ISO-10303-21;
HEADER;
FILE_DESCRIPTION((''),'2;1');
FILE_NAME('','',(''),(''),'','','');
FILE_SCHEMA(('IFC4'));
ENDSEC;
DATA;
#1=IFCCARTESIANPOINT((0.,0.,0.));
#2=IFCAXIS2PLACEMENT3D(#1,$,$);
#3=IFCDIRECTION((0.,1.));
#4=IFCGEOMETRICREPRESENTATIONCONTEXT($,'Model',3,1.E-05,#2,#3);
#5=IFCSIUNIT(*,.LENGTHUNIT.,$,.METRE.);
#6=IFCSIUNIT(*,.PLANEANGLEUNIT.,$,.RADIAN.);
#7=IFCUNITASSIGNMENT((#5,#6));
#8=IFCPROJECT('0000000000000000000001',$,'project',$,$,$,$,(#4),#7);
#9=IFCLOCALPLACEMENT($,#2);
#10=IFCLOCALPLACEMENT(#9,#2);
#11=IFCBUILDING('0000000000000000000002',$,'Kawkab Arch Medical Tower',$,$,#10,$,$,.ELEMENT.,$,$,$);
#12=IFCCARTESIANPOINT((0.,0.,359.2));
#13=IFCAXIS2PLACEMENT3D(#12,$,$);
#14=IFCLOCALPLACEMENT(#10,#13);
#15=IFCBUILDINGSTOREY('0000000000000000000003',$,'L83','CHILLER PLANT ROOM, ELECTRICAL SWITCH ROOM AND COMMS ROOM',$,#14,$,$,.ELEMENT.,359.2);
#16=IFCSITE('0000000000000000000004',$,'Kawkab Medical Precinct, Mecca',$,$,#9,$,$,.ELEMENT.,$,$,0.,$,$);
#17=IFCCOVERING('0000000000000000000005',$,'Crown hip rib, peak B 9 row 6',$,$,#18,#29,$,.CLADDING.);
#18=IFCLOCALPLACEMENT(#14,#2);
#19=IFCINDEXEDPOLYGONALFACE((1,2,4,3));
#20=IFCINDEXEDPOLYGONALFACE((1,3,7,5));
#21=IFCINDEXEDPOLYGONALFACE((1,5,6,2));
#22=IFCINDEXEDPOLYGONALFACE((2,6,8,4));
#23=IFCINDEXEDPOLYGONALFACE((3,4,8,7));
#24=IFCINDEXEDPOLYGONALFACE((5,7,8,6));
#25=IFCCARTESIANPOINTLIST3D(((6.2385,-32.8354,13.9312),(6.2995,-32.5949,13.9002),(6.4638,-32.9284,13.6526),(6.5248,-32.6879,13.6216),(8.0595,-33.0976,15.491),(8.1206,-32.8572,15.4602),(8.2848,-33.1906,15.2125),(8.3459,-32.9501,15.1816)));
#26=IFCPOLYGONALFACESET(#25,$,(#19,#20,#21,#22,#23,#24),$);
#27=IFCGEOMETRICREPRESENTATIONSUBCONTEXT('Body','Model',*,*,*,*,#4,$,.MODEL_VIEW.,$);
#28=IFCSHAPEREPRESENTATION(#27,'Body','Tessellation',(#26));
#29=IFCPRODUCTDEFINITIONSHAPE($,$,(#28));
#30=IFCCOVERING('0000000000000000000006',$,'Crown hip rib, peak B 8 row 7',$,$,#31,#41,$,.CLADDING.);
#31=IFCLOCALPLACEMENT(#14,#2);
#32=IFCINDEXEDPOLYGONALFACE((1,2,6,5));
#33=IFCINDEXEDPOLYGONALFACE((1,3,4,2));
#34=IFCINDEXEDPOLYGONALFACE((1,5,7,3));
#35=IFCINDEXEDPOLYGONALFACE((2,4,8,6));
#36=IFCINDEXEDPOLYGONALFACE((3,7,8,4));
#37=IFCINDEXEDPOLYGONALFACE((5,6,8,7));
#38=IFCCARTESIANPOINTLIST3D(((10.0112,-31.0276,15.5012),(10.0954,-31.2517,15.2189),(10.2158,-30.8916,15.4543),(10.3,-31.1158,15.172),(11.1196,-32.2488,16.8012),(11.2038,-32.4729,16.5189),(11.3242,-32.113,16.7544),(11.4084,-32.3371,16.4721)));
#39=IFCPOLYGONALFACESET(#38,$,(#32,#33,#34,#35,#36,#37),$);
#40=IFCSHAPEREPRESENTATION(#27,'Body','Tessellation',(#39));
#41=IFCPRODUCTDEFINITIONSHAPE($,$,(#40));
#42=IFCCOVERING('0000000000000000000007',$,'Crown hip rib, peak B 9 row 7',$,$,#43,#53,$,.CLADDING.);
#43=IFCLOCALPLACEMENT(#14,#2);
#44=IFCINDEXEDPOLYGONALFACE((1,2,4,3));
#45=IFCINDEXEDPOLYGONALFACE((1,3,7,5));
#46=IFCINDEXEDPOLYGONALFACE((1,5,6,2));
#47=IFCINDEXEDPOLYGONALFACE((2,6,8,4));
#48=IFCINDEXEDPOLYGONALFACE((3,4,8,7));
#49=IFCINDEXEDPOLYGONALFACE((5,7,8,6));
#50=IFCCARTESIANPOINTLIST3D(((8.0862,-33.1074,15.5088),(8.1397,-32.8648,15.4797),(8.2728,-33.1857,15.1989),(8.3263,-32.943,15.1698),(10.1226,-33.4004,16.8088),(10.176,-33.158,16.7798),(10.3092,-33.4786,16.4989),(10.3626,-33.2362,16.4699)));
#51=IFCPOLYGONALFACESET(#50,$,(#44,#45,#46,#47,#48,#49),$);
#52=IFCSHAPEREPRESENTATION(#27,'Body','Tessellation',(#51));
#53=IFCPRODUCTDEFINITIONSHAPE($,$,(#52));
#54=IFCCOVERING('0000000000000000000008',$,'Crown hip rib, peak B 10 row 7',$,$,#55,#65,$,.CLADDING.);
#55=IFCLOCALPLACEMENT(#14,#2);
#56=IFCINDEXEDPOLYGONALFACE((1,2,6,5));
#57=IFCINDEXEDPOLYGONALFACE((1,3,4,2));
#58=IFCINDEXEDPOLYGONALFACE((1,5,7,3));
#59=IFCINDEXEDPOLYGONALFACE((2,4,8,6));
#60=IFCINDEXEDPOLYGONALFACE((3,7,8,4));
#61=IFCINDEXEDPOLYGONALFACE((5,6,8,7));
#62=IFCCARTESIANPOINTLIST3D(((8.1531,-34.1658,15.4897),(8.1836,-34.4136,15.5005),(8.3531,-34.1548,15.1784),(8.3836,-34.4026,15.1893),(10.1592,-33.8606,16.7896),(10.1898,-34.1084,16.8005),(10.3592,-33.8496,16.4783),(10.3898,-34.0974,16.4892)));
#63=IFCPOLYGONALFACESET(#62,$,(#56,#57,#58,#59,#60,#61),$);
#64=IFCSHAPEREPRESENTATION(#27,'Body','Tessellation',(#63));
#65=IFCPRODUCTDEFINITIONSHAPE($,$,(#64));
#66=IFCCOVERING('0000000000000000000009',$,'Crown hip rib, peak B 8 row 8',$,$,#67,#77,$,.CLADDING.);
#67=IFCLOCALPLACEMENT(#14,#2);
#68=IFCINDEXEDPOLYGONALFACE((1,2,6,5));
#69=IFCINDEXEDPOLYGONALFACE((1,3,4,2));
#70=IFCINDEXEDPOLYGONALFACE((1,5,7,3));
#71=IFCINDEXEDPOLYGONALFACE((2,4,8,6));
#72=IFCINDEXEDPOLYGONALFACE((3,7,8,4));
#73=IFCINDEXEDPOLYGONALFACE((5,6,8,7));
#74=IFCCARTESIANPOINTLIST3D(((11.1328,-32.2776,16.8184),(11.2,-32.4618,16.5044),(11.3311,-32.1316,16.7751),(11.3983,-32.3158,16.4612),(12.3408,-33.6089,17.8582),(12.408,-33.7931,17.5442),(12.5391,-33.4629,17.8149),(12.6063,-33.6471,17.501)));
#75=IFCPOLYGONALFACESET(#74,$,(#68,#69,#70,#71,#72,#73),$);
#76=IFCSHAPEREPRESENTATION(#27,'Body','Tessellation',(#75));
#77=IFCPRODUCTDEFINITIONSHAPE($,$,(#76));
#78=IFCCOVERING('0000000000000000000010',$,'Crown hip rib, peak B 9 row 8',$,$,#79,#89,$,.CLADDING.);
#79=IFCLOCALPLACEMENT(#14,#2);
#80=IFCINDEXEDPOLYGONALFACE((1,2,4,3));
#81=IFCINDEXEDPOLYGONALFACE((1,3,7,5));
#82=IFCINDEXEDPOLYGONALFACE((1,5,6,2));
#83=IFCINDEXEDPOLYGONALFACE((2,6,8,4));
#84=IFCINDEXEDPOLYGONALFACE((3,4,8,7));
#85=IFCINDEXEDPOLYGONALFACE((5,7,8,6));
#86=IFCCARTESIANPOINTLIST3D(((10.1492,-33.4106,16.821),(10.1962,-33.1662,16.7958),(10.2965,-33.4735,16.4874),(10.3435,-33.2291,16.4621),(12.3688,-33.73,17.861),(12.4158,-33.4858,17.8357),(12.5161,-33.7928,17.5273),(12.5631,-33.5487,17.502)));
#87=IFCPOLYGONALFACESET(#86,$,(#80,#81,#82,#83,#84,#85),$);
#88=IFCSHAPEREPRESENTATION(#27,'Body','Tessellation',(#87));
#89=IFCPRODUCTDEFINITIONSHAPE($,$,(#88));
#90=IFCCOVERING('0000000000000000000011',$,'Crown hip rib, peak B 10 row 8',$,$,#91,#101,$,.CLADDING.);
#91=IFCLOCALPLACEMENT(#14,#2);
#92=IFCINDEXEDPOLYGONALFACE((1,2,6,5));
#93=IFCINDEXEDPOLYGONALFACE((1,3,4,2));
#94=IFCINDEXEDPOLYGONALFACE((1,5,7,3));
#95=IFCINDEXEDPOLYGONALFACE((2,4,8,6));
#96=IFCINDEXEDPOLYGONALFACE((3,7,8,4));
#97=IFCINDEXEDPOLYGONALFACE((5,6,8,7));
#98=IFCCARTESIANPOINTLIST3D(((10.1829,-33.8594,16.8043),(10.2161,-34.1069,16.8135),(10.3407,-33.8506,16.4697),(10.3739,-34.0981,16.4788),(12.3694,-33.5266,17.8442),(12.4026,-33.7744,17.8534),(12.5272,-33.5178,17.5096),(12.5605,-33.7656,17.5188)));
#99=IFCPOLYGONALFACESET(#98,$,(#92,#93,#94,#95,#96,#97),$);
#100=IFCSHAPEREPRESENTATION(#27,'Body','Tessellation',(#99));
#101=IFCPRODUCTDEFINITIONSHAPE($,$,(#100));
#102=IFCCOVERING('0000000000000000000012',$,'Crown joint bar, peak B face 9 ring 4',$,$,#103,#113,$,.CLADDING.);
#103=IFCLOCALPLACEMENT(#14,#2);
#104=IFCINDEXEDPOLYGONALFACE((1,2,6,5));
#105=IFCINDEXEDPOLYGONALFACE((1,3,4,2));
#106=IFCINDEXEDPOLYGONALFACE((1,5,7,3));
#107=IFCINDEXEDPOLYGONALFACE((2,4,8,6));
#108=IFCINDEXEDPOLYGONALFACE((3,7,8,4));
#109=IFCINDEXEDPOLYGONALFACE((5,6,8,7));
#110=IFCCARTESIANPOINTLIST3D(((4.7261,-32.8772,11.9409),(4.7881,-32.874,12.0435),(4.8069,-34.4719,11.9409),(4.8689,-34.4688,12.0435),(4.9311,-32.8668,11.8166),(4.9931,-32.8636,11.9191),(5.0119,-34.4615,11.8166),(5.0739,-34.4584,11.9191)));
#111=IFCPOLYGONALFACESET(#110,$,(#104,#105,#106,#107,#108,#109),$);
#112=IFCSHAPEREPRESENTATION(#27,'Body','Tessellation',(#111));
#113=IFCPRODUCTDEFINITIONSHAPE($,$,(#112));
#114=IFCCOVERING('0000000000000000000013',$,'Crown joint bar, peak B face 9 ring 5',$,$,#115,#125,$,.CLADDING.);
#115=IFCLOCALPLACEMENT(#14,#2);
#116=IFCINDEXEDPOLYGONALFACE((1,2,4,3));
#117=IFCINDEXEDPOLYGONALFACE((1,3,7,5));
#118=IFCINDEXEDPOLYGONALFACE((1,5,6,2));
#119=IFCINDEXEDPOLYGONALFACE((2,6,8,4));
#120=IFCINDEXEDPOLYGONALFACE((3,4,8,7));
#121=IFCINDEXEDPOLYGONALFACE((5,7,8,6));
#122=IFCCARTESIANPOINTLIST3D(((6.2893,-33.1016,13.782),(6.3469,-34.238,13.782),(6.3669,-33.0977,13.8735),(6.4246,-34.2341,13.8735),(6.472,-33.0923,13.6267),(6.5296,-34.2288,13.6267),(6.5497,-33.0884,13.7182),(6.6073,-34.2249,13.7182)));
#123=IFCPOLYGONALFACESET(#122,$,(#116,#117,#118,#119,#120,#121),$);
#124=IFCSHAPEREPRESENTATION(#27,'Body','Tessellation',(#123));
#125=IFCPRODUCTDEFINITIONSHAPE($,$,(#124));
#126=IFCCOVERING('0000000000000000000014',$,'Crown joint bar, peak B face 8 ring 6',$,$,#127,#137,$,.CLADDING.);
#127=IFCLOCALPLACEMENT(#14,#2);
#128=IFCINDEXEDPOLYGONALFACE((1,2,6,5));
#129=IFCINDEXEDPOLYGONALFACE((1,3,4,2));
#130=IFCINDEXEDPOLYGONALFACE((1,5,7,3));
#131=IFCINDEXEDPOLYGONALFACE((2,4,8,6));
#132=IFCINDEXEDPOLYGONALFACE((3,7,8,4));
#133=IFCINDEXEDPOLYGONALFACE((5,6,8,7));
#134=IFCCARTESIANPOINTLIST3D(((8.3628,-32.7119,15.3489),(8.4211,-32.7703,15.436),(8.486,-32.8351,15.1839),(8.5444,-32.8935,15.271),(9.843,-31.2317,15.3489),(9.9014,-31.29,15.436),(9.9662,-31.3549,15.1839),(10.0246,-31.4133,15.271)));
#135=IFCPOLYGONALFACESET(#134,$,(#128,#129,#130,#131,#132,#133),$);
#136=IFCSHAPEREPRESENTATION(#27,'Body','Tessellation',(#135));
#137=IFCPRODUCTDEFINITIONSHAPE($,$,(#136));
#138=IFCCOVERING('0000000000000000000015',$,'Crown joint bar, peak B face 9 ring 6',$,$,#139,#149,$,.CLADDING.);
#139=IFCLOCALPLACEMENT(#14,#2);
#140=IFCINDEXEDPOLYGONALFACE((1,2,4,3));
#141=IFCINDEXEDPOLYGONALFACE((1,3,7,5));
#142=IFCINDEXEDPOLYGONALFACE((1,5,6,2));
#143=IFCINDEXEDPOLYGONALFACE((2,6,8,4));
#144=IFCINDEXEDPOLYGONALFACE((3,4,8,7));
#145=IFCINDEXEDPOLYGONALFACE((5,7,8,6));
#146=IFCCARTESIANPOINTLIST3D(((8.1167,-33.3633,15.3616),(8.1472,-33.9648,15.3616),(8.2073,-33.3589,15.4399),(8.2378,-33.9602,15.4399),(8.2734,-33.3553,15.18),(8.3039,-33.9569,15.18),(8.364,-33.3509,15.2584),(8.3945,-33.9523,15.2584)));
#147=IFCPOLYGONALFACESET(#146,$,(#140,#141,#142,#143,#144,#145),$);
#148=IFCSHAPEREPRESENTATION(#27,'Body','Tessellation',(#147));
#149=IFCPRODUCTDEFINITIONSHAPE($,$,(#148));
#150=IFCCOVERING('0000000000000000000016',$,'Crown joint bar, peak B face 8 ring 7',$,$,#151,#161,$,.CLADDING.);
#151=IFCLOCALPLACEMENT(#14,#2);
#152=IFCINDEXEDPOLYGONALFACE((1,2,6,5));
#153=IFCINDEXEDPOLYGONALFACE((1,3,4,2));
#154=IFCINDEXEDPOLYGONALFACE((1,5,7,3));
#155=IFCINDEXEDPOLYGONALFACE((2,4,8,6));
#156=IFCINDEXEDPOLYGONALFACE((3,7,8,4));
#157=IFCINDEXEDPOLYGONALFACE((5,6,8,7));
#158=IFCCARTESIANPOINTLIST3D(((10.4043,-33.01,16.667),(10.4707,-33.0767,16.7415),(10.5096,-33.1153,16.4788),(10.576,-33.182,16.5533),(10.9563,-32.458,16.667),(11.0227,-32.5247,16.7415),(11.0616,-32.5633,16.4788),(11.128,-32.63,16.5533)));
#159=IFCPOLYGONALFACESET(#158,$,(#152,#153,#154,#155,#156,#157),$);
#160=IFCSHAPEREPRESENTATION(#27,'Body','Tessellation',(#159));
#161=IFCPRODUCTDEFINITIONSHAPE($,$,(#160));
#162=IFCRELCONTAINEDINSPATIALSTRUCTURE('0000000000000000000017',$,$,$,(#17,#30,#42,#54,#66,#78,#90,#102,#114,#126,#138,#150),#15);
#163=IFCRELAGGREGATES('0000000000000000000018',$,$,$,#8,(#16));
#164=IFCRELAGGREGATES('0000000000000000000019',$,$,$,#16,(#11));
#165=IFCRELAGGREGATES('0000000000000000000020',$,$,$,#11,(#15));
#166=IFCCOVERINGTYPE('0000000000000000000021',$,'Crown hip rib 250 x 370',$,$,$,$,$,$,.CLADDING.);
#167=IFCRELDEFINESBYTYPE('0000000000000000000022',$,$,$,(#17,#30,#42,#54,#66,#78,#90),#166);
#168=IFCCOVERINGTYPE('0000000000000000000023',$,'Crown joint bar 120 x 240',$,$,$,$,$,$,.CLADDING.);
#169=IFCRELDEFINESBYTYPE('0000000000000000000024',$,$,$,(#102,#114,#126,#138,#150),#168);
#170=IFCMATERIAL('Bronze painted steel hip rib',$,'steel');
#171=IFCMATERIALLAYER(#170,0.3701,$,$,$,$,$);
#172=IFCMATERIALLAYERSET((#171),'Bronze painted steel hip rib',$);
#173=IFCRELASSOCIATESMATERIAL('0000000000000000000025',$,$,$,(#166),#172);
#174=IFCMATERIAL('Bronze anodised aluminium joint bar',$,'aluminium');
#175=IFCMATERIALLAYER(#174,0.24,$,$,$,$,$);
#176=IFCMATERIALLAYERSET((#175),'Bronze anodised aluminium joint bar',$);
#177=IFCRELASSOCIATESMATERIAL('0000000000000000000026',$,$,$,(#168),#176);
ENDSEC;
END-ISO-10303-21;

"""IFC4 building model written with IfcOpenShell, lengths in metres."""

from ifc_helpers import new_model, si_unit, direction, frame, origin, place, context, subcontext, project, spatial, polyline, outline, extrude, material, layer, layer_set, type_object, element, save


model = new_model("IFC4")

# Units and contexts
model_context = context("Model", 3, precision=1e-05, world=origin(), true_north=direction((0.0, 1.0)))
body_context = subcontext(model_context, "Body", "Model", "MODEL_VIEW")
ifc_project = project(units=[si_unit("LENGTHUNIT", "METRE"), si_unit("PLANEANGLEUNIT", "RADIAN")], contexts=[model_context])

# Site, building, storey
site_placement = place(None, origin())
site = spatial("IfcSite", under=ifc_project, at=site_placement, Name="Kawkab Medical Precinct, Mecca", CompositionType="ELEMENT", RefElevation=0.0)
building_placement = place(site_placement, origin())
building = spatial("IfcBuilding", under=site, at=building_placement, Name="Kawkab Arch Medical Tower", CompositionType="ELEMENT")
storey_placement = place(building_placement, frame((0.0, 0.0, 359.2)))
storey = spatial("IfcBuildingStorey", under=building, at=storey_placement, Name="L83", Description="CHILLER PLANT ROOM, ELECTRICAL SWITCH ROOM AND COMMS ROOM", CompositionType="ELEMENT", Elevation=359.2)

# Coverings
ifc_material_1 = material(Name="Bronze painted steel hip rib", Category="steel")
ifc_layer_1 = layer(ifc_material_1, 0.3701)
ifc_layer_set_1 = layer_set([ifc_layer_1], Name="Bronze painted steel hip rib")
covering_type_1 = type_object("IfcCoveringType", Name="Crown hip rib 250 x 370", PredefinedType="CLADDING", material=ifc_layer_set_1)
covering_1_placement = place(storey_placement, frame((6.2385, -32.8354, 13.9312), z_axis=(-0.608603, 0.251132, 0.752685), x_axis=(0.754955, -0.108698, 0.646705)))
element("IfcCovering", 1, at=covering_1_placement, inside=storey, type_object=covering_type_1, Name="Crown hip rib, peak B 9 row 6", PredefinedType="CLADDING", context=body_context, shape_type="SweptSolid", body=[
    extrude(outline(polyline([(0.0, 0.0), (2.412, 0.0), (2.4121, 0.25), (-0.0001, 0.25), (0.0, 0.0)])), origin(), (0.0, 0.0, -1.0), 0.3701),
])
covering_2_placement = place(storey_placement, frame((10.0112, -31.0276, 15.5012), z_axis=(-0.227361, 0.605503, 0.762675), x_axis=(0.527818, -0.581542, 0.619045)))
element("IfcCovering", 2, at=covering_2_placement, inside=storey, type_object=covering_type_1, Name="Crown hip rib, peak B 8 row 7", PredefinedType="CLADDING", context=body_context, shape_type="SweptSolid", body=[
    extrude(outline(polyline([(0.0, 0.0), (2.1, 0.0), (2.1, 0.25), (-0.0001, 0.2501), (0.0, 0.0)])), origin(), (0.0, 0.0, -1.0), 0.3701),
])
covering_3_placement = place(storey_placement, frame((8.0862, -33.1074, 15.5088), z_axis=(-0.50414, 0.211425, 0.837342), x_axis=(0.836754, -0.120383, 0.534182)))
element("IfcCovering", 3, at=covering_3_placement, inside=storey, type_object=covering_type_1, Name="Crown hip rib, peak B 9 row 7", PredefinedType="CLADDING", context=body_context, shape_type="SweptSolid", body=[
    extrude(outline(polyline([(0.0, 0.0), (2.4337, 0.0), (2.4337, 0.25), (0.0, 0.2502), (0.0, 0.0)])), origin(), (0.0, 0.0, -1.0), 0.3701),
])
covering_4_placement = place(storey_placement, frame((8.1836, -34.4136, 15.5005), z_axis=(-0.540376, -0.029682, 0.8409), x_axis=(0.832459, 0.126634, 0.539422)))
element("IfcCovering", 4, at=covering_4_placement, inside=storey, type_object=covering_type_1, Name="Crown hip rib, peak B 10 row 7", PredefinedType="CLADDING", context=body_context, shape_type="SweptSolid", body=[
    extrude(outline(polyline([(0.0, 0.0), (2.4099, 0.0), (2.41, 0.2499), (0.0002, 0.2499), (0.0, 0.0)])), origin(), (0.0, 0.0, -1.0), 0.3701),
])
covering_5_placement = place(storey_placement, frame((11.1328, -32.2776, 16.8184), z_axis=(-0.181613, 0.497647, 0.848154), x_axis=(0.581687, -0.641055, 0.500688)))
element("IfcCovering", 5, at=covering_5_placement, inside=storey, type_object=covering_type_1, Name="Crown hip rib, peak B 8 row 8", PredefinedType="CLADDING", context=body_context, shape_type="SweptSolid", body=[
    extrude(outline(polyline([(0.0, 0.0), (2.0767, 0.0), (2.0768, 0.25), (0.0001, 0.25), (0.0, 0.0)])), origin(), (0.0, 0.0, -1.0), 0.3701),
])
covering_6_placement = place(storey_placement, frame((10.1492, -33.4106, 16.821), z_axis=(-0.397947, 0.169831, 0.901552), x_axis=(0.897958, -0.129176, 0.420695)))
element("IfcCovering", 6, at=covering_6_placement, inside=storey, type_object=covering_type_1, Name="Crown hip rib, peak B 9 row 8", PredefinedType="CLADDING", context=body_context, shape_type="SweptSolid", body=[
    extrude(outline(polyline([(0.0, 0.0), (2.4719, 0.0), (2.4719, 0.2499), (0.0001, 0.2502), (0.0, 0.0)])), origin(), (0.0, 0.0, -1.0), 0.3701),
])
covering_7_placement = place(storey_placement, frame((10.2161, -34.1069, 16.8135), z_axis=(-0.426432, -0.023743, 0.904208), x_axis=(0.894669, 0.136057, 0.425506)))
element("IfcCovering", 7, at=covering_7_placement, inside=storey, type_object=covering_type_1, Name="Crown hip rib, peak B 10 row 8", PredefinedType="CLADDING", context=body_context, shape_type="SweptSolid", body=[
    extrude(outline(polyline([(0.0, 0.0), (2.444, 0.0), (2.4441, 0.2502), (0.0001, 0.2499), (0.0, 0.0)])), origin(), (0.0, 0.0, -1.0), 0.3701),
])
ifc_material_2 = material(Name="Bronze anodised aluminium joint bar", Category="aluminium")
ifc_layer_2 = layer(ifc_material_2, 0.24)
ifc_layer_set_2 = layer_set([ifc_layer_2], Name="Bronze anodised aluminium joint bar")
covering_type_2 = type_object("IfcCoveringType", Name="Crown joint bar 120 x 240", PredefinedType="CLADDING", material=ifc_layer_set_2)
covering_8_placement = place(storey_placement, frame((4.7261, -32.8772, 11.9409), z_axis=(-0.854294, -0.04329, 0.517984), x_axis=(0.050609, -0.998719, 0.0)))
element("IfcCovering", 8, at=covering_8_placement, inside=storey, type_object=covering_type_2, Name="Crown joint bar, peak B face 9 ring 4", PredefinedType="CLADDING", context=body_context, shape_type="SweptSolid", body=[
    extrude(outline(polyline([(0.0, 0.0), (1.5968, 0.0), (1.5967, 0.1199), (0.0, 0.1199), (0.0, 0.0)])), origin(), (0.0, 0.0, -1.0), 0.24),
])
covering_9_placement = place(storey_placement, frame((6.2893, -33.1016, 13.782), z_axis=(-0.76131, -0.038597, 0.647238), x_axis=(0.050633, -0.998717, 0.0)))
element("IfcCovering", 9, at=covering_9_placement, inside=storey, type_object=covering_type_2, Name="Crown joint bar, peak B face 9 ring 5", PredefinedType="CLADDING", context=body_context, shape_type="SweptSolid", body=[
    extrude(outline(polyline([(0.0, 0.0), (1.1379, 0.0), (1.138, 0.1201), (0.0, 0.1201), (0.0, 0.0)])), origin(), (0.0, 0.0, -1.0), 0.24),
])
covering_10_placement = place(storey_placement, frame((9.843, -31.2317, 15.3489), z_axis=(-0.513479, 0.513479, 0.687516), x_axis=(-0.707107, -0.707107, 0.0)))
element("IfcCovering", 10, at=covering_10_placement, inside=storey, type_object=covering_type_2, Name="Crown joint bar, peak B face 8 ring 6", PredefinedType="CLADDING", context=body_context, shape_type="SweptSolid", body=[
    extrude(outline(polyline([(0.0, 0.0), (2.0934, 0.0), (2.0934, 0.12), (0.0, 0.12), (0.0, 0.0)])), origin(), (0.0, 0.0, -1.0), 0.24),
])
covering_11_placement = place(storey_placement, frame((8.1167, -33.3633, 15.3616), z_axis=(-0.653005, -0.033134, 0.756629), x_axis=(0.05067, -0.998715, -0.000005)))
element("IfcCovering", 11, at=covering_11_placement, inside=storey, type_object=covering_type_2, Name="Crown joint bar, peak B face 9 ring 6", PredefinedType="CLADDING", context=body_context, shape_type="SweptSolid", body=[
    extrude(outline(polyline([(0.0, 0.0), (0.6023, 0.0), (0.6023, 0.1199), (0.0002, 0.1199), (0.0, 0.0)])), origin(), (0.0, 0.0, -1.0), 0.24),
])
covering_12_placement = place(storey_placement, frame((10.9563, -32.458, 16.667), z_axis=(-0.438826, 0.438826, 0.784132), x_axis=(-0.707107, -0.707107, 0.0)))
element("IfcCovering", 12, at=covering_12_placement, inside=storey, type_object=covering_type_2, Name="Crown joint bar, peak B face 8 ring 7", PredefinedType="CLADDING", context=body_context, shape_type="SweptSolid", body=[
    extrude(outline(polyline([(0.0, 0.0), (0.7806, 0.0), (0.7808, 0.12), (0.0002, 0.12), (0.0, 0.0)])), origin(), (0.0, 0.0, -1.0), 0.24),
])

save(model, "model.ifc")
